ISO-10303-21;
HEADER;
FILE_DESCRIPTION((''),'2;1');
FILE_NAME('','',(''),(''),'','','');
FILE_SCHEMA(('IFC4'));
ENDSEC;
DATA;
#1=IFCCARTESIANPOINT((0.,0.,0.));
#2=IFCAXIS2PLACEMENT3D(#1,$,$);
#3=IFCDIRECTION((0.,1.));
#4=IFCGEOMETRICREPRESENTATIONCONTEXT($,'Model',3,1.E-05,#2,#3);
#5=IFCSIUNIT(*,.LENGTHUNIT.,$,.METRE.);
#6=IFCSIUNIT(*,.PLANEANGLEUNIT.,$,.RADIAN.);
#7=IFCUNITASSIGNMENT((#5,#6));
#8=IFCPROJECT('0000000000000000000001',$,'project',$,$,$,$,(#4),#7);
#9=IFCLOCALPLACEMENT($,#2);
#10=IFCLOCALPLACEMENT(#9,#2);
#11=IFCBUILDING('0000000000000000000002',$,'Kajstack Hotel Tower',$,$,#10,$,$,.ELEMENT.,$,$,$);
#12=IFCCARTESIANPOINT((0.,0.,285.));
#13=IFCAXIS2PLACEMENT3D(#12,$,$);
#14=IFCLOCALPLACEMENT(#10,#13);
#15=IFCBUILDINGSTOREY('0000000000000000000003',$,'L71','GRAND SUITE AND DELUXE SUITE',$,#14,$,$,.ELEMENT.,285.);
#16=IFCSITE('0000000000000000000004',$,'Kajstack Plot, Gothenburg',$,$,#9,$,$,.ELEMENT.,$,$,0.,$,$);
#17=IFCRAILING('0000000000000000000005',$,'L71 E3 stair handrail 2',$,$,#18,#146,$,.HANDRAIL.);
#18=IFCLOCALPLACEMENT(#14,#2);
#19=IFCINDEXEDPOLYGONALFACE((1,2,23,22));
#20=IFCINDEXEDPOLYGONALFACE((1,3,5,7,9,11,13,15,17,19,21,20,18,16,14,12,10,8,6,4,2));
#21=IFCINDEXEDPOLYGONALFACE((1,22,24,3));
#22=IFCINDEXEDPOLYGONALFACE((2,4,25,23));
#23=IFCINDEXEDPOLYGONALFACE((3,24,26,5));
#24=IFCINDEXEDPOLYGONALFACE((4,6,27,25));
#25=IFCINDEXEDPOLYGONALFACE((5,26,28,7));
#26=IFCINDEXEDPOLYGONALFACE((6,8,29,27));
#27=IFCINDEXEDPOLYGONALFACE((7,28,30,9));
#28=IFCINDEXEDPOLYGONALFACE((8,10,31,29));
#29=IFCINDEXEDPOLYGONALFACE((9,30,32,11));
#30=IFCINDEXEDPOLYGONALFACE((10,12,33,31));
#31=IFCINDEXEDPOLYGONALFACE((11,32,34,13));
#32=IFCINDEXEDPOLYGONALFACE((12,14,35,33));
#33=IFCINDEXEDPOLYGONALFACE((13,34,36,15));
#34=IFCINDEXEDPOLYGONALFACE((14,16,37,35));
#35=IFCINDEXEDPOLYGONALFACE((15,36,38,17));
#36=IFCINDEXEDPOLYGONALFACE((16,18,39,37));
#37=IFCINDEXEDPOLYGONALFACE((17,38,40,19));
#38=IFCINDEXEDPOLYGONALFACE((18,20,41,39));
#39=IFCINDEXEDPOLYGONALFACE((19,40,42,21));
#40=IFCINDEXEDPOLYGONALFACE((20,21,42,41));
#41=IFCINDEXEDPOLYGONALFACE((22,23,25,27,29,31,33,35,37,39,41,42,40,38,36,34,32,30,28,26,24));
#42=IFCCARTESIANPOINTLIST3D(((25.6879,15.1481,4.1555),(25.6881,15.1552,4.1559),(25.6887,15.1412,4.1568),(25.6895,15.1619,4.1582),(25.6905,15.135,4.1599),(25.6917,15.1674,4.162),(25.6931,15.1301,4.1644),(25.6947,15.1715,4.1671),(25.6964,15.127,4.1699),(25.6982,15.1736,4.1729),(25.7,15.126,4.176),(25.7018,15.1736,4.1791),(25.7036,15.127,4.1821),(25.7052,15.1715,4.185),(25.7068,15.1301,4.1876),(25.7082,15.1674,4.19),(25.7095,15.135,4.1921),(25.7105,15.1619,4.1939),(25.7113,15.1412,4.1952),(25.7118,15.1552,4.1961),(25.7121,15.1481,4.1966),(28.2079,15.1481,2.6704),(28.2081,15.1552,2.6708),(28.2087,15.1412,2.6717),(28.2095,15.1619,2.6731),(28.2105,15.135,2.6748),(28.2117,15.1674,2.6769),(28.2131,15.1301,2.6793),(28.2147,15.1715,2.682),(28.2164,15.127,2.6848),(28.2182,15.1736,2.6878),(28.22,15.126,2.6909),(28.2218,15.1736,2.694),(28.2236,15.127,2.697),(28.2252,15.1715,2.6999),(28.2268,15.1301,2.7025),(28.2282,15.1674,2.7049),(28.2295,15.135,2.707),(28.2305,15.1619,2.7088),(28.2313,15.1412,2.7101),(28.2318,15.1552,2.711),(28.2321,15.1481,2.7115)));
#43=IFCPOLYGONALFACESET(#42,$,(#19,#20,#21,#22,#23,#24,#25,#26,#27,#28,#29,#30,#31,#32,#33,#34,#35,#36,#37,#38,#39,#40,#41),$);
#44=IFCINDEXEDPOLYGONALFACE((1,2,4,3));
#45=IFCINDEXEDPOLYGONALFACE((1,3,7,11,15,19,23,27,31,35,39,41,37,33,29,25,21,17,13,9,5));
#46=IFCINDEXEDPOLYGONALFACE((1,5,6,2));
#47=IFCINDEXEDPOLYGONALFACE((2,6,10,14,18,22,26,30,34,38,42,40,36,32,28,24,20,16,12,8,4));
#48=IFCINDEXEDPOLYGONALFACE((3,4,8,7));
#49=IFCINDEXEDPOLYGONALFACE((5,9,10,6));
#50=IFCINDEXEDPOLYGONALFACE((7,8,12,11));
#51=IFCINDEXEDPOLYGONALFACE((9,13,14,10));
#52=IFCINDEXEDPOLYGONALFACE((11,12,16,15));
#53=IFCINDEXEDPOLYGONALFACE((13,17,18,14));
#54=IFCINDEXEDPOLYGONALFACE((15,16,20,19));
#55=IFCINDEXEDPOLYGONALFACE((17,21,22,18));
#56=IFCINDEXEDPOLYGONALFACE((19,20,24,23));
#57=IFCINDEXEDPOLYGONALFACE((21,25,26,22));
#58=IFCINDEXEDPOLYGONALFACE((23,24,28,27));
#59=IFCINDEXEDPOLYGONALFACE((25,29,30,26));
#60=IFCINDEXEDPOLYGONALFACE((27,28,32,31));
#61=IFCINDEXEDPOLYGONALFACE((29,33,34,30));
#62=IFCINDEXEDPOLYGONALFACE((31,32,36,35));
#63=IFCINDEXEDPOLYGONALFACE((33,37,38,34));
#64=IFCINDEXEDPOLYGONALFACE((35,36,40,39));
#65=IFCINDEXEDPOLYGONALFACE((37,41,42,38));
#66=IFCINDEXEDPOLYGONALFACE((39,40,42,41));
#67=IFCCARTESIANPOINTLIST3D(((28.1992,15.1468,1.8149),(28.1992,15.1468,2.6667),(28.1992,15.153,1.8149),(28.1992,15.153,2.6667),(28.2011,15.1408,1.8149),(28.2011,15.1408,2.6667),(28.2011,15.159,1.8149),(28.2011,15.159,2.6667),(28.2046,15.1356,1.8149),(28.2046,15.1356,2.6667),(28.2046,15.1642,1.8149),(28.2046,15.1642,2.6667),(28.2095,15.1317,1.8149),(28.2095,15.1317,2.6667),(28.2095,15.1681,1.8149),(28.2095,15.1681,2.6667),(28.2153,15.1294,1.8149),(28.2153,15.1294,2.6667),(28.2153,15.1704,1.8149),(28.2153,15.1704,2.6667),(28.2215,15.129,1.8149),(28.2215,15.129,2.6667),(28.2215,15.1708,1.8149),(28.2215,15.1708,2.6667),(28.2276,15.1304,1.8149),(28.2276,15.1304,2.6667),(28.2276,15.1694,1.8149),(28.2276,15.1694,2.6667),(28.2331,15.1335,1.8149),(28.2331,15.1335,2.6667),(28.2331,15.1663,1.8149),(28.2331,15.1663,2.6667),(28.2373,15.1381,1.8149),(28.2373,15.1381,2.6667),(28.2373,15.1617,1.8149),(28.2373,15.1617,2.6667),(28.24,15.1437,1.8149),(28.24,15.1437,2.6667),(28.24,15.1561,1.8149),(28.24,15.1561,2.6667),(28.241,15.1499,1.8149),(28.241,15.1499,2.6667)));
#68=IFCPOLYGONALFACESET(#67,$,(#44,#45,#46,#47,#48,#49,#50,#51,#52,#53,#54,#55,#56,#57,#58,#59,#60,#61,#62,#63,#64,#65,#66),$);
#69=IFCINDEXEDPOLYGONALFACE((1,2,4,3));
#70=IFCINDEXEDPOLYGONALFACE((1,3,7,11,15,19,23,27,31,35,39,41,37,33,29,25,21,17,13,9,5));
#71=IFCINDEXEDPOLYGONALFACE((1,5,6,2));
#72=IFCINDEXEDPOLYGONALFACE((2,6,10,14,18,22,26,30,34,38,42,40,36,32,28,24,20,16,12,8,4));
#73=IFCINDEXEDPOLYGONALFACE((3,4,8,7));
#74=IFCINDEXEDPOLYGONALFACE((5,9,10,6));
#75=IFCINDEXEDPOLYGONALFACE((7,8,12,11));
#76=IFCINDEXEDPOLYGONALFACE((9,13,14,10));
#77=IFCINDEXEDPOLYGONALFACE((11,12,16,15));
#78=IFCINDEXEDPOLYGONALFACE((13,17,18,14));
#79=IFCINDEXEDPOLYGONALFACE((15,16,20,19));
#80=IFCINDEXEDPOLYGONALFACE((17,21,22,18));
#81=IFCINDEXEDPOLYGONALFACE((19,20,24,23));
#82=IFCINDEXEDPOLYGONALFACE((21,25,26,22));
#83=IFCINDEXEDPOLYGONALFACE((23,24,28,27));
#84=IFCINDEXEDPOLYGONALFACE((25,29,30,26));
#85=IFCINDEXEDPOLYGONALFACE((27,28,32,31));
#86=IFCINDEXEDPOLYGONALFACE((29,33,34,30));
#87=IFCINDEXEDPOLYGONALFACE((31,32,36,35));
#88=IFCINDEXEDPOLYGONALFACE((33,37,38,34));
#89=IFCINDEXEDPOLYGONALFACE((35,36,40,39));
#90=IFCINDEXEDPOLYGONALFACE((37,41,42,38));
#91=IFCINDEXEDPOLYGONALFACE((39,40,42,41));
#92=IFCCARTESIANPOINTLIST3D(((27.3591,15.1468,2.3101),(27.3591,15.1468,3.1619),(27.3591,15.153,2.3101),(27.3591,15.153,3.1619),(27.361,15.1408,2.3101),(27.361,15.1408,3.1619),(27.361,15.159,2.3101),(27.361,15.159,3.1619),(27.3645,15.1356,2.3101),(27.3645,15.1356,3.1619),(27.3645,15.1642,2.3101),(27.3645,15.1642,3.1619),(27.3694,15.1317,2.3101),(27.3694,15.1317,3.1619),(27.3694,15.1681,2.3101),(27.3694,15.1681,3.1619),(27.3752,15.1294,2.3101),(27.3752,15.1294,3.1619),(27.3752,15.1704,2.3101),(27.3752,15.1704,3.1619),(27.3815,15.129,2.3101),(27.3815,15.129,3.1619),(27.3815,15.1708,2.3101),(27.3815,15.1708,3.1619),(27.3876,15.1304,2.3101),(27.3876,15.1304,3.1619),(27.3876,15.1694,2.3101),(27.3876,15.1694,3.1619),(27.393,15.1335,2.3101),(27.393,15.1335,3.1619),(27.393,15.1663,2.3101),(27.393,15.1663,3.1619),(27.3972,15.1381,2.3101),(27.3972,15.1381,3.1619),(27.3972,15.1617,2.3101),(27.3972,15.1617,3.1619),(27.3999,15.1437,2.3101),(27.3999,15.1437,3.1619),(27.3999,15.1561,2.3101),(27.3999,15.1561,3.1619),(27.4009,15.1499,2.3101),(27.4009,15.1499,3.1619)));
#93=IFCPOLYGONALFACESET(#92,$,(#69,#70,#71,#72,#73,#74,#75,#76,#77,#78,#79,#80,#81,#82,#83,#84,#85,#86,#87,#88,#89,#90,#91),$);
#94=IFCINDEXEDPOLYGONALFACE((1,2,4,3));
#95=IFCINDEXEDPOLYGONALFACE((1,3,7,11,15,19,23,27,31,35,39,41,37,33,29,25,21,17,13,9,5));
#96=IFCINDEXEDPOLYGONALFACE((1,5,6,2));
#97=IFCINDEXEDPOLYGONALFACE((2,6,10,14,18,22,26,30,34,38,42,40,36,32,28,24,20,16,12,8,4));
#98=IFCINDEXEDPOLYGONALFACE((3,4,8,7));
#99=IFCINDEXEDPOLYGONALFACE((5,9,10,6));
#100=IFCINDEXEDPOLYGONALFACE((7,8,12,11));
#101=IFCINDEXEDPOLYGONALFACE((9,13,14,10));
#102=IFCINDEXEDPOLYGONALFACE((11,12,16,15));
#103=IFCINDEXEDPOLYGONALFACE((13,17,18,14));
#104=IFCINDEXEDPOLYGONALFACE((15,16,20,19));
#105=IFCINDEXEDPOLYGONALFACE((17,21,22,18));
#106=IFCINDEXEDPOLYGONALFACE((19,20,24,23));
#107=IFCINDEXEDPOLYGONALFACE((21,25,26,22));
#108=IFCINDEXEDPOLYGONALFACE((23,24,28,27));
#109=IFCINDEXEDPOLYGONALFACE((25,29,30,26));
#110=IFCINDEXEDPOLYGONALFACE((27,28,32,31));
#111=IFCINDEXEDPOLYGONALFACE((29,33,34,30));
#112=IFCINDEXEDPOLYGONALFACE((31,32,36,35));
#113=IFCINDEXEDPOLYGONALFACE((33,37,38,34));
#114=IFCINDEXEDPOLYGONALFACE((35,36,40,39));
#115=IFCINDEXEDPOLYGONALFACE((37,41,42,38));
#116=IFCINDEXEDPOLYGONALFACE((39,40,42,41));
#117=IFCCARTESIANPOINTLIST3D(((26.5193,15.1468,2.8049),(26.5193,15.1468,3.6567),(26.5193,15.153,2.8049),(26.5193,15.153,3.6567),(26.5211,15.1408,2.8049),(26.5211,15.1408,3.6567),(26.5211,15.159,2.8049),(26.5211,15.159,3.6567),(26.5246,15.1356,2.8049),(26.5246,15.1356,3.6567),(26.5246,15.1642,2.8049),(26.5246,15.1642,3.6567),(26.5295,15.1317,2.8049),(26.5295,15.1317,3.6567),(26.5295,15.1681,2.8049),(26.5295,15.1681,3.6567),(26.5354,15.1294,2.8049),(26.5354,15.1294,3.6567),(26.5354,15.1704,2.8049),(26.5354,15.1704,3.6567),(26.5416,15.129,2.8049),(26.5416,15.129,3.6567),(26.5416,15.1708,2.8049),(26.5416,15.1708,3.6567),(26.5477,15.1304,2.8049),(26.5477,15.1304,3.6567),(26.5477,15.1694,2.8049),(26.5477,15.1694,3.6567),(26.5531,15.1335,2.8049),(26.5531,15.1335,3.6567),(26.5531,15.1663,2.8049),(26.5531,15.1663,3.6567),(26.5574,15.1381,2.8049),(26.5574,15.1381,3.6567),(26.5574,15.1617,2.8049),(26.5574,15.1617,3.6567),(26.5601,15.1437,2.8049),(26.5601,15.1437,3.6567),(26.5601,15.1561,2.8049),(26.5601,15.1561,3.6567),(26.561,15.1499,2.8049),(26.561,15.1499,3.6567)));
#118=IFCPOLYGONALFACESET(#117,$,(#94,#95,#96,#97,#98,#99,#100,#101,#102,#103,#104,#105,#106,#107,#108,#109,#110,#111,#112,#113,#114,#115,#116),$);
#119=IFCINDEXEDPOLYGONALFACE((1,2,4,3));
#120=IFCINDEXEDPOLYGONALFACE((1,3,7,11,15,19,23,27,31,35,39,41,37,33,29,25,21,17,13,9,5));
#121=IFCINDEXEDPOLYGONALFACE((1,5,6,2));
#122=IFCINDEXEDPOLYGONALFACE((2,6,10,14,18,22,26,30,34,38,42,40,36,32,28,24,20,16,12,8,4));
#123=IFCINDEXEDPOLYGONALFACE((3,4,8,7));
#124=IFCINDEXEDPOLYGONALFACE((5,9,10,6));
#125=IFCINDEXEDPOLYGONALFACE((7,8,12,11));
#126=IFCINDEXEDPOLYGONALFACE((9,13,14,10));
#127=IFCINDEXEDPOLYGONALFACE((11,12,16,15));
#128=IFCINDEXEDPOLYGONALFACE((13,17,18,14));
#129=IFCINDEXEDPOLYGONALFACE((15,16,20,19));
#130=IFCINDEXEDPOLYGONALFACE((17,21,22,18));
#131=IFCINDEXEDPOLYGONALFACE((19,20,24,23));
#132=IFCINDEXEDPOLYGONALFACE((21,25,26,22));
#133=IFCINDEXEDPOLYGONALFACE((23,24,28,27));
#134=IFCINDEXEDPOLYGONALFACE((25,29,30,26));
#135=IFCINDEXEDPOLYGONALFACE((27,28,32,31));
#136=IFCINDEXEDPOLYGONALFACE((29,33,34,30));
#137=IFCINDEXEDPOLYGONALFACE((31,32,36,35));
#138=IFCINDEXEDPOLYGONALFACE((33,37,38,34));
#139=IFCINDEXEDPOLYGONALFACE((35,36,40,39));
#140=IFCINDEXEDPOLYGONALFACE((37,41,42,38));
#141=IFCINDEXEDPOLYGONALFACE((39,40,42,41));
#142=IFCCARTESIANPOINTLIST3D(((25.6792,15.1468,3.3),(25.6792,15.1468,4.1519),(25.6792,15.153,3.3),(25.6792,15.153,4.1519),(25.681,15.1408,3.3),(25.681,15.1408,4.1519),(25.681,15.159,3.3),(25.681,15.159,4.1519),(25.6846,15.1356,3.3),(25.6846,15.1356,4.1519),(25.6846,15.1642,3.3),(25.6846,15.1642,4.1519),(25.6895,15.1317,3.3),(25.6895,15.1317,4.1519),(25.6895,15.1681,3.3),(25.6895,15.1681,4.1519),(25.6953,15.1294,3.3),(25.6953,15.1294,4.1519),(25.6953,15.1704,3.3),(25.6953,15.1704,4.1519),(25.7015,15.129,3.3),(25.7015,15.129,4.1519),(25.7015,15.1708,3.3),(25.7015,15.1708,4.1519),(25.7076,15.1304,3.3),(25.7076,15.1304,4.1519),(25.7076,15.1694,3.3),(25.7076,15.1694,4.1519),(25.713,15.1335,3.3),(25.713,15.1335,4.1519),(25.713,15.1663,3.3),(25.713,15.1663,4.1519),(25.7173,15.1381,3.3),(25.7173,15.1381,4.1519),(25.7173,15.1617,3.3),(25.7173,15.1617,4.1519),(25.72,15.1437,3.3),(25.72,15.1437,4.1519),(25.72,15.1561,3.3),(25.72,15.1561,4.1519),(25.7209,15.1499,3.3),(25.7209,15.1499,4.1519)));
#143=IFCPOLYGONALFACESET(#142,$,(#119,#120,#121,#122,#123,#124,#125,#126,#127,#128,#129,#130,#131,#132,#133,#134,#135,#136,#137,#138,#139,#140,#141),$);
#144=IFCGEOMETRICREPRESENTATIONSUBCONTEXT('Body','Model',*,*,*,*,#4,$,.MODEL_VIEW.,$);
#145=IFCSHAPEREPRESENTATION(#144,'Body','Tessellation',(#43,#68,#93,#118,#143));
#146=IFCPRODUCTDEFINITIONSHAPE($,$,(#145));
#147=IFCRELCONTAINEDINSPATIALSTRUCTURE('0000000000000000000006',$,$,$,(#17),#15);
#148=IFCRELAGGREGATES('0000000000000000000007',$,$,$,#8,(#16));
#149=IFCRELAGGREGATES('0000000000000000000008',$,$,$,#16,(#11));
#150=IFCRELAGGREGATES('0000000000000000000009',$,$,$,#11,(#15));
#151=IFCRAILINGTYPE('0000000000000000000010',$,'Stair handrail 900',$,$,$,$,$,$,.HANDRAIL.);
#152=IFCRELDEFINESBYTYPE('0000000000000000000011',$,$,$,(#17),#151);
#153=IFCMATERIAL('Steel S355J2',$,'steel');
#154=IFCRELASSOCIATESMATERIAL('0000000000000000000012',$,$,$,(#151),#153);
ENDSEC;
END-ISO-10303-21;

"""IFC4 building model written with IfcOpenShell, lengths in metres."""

from ifc_helpers import new_model, si_unit, direction, frame, origin, origin_2d, place, context, subcontext, project, spatial, circle, extrude, material, type_object, element, save


model = new_model("IFC4")

# Units and contexts
model_context = context("Model", 3, precision=1e-05, world=origin(), true_north=direction((0.0, 1.0)))
body_context = subcontext(model_context, "Body", "Model", "MODEL_VIEW")
ifc_project = project(units=[si_unit("LENGTHUNIT", "METRE"), si_unit("PLANEANGLEUNIT", "RADIAN")], contexts=[model_context])

# Site, building, storey
site_placement = place(None, origin())
site = spatial("IfcSite", under=ifc_project, at=site_placement, Name="Kajstack Plot, Gothenburg", CompositionType="ELEMENT", RefElevation=0.0)
building_placement = place(site_placement, origin())
building = spatial("IfcBuilding", under=site, at=building_placement, Name="Kajstack Hotel Tower", CompositionType="ELEMENT")
storey_placement = place(building_placement, frame((0.0, 0.0, 285.0)))
storey = spatial("IfcBuildingStorey", under=building, at=storey_placement, Name="L71", Description="GRAND SUITE AND DELUXE SUITE", CompositionType="ELEMENT", Elevation=285.0)

# Railing
ifc_material_1 = material(Name="Steel S355J2", Category="steel")
railing_type_1 = type_object("IfcRailingType", Name="Stair handrail 900", PredefinedType="HANDRAIL", material=ifc_material_1)
railing_1_placement = place(storey_placement, frame((28.22, 15.1499, 1.8149)))
element("IfcRailing", 1, at=railing_1_placement, inside=storey, type_object=railing_type_1, Name="L71 E3 stair handrail 2", PredefinedType="HANDRAIL", context=body_context, shape_type="SweptSolid", body=[
    extrude(circle(Radius=0.0239, at=origin_2d()), frame((0.0, 0.0, 0.876), z_axis=(-0.861524, 0.0, 0.507717), x_axis=(0.0, -1.0, 0.0)), (0.0, 0.0, 1.0), 2.925),
    extrude(circle(Radius=0.021, at=origin_2d()), origin(), (0.0, 0.0, 1.0), 0.8518),
    extrude(circle(Radius=0.021, at=origin_2d()), frame((-0.8401, 0.0, 0.4951)), (0.0, 0.0, 1.0), 0.8518),
    extrude(circle(Radius=0.021, at=origin_2d()), frame((-1.6799, 0.0, 0.99)), (0.0, 0.0, 1.0), 0.8518),
    extrude(circle(Radius=0.021, at=origin_2d()), frame((-2.52, 0.0, 1.4851)), (0.0, 0.0, 1.0), 0.8518),
])

save(model, "model.ifc")
